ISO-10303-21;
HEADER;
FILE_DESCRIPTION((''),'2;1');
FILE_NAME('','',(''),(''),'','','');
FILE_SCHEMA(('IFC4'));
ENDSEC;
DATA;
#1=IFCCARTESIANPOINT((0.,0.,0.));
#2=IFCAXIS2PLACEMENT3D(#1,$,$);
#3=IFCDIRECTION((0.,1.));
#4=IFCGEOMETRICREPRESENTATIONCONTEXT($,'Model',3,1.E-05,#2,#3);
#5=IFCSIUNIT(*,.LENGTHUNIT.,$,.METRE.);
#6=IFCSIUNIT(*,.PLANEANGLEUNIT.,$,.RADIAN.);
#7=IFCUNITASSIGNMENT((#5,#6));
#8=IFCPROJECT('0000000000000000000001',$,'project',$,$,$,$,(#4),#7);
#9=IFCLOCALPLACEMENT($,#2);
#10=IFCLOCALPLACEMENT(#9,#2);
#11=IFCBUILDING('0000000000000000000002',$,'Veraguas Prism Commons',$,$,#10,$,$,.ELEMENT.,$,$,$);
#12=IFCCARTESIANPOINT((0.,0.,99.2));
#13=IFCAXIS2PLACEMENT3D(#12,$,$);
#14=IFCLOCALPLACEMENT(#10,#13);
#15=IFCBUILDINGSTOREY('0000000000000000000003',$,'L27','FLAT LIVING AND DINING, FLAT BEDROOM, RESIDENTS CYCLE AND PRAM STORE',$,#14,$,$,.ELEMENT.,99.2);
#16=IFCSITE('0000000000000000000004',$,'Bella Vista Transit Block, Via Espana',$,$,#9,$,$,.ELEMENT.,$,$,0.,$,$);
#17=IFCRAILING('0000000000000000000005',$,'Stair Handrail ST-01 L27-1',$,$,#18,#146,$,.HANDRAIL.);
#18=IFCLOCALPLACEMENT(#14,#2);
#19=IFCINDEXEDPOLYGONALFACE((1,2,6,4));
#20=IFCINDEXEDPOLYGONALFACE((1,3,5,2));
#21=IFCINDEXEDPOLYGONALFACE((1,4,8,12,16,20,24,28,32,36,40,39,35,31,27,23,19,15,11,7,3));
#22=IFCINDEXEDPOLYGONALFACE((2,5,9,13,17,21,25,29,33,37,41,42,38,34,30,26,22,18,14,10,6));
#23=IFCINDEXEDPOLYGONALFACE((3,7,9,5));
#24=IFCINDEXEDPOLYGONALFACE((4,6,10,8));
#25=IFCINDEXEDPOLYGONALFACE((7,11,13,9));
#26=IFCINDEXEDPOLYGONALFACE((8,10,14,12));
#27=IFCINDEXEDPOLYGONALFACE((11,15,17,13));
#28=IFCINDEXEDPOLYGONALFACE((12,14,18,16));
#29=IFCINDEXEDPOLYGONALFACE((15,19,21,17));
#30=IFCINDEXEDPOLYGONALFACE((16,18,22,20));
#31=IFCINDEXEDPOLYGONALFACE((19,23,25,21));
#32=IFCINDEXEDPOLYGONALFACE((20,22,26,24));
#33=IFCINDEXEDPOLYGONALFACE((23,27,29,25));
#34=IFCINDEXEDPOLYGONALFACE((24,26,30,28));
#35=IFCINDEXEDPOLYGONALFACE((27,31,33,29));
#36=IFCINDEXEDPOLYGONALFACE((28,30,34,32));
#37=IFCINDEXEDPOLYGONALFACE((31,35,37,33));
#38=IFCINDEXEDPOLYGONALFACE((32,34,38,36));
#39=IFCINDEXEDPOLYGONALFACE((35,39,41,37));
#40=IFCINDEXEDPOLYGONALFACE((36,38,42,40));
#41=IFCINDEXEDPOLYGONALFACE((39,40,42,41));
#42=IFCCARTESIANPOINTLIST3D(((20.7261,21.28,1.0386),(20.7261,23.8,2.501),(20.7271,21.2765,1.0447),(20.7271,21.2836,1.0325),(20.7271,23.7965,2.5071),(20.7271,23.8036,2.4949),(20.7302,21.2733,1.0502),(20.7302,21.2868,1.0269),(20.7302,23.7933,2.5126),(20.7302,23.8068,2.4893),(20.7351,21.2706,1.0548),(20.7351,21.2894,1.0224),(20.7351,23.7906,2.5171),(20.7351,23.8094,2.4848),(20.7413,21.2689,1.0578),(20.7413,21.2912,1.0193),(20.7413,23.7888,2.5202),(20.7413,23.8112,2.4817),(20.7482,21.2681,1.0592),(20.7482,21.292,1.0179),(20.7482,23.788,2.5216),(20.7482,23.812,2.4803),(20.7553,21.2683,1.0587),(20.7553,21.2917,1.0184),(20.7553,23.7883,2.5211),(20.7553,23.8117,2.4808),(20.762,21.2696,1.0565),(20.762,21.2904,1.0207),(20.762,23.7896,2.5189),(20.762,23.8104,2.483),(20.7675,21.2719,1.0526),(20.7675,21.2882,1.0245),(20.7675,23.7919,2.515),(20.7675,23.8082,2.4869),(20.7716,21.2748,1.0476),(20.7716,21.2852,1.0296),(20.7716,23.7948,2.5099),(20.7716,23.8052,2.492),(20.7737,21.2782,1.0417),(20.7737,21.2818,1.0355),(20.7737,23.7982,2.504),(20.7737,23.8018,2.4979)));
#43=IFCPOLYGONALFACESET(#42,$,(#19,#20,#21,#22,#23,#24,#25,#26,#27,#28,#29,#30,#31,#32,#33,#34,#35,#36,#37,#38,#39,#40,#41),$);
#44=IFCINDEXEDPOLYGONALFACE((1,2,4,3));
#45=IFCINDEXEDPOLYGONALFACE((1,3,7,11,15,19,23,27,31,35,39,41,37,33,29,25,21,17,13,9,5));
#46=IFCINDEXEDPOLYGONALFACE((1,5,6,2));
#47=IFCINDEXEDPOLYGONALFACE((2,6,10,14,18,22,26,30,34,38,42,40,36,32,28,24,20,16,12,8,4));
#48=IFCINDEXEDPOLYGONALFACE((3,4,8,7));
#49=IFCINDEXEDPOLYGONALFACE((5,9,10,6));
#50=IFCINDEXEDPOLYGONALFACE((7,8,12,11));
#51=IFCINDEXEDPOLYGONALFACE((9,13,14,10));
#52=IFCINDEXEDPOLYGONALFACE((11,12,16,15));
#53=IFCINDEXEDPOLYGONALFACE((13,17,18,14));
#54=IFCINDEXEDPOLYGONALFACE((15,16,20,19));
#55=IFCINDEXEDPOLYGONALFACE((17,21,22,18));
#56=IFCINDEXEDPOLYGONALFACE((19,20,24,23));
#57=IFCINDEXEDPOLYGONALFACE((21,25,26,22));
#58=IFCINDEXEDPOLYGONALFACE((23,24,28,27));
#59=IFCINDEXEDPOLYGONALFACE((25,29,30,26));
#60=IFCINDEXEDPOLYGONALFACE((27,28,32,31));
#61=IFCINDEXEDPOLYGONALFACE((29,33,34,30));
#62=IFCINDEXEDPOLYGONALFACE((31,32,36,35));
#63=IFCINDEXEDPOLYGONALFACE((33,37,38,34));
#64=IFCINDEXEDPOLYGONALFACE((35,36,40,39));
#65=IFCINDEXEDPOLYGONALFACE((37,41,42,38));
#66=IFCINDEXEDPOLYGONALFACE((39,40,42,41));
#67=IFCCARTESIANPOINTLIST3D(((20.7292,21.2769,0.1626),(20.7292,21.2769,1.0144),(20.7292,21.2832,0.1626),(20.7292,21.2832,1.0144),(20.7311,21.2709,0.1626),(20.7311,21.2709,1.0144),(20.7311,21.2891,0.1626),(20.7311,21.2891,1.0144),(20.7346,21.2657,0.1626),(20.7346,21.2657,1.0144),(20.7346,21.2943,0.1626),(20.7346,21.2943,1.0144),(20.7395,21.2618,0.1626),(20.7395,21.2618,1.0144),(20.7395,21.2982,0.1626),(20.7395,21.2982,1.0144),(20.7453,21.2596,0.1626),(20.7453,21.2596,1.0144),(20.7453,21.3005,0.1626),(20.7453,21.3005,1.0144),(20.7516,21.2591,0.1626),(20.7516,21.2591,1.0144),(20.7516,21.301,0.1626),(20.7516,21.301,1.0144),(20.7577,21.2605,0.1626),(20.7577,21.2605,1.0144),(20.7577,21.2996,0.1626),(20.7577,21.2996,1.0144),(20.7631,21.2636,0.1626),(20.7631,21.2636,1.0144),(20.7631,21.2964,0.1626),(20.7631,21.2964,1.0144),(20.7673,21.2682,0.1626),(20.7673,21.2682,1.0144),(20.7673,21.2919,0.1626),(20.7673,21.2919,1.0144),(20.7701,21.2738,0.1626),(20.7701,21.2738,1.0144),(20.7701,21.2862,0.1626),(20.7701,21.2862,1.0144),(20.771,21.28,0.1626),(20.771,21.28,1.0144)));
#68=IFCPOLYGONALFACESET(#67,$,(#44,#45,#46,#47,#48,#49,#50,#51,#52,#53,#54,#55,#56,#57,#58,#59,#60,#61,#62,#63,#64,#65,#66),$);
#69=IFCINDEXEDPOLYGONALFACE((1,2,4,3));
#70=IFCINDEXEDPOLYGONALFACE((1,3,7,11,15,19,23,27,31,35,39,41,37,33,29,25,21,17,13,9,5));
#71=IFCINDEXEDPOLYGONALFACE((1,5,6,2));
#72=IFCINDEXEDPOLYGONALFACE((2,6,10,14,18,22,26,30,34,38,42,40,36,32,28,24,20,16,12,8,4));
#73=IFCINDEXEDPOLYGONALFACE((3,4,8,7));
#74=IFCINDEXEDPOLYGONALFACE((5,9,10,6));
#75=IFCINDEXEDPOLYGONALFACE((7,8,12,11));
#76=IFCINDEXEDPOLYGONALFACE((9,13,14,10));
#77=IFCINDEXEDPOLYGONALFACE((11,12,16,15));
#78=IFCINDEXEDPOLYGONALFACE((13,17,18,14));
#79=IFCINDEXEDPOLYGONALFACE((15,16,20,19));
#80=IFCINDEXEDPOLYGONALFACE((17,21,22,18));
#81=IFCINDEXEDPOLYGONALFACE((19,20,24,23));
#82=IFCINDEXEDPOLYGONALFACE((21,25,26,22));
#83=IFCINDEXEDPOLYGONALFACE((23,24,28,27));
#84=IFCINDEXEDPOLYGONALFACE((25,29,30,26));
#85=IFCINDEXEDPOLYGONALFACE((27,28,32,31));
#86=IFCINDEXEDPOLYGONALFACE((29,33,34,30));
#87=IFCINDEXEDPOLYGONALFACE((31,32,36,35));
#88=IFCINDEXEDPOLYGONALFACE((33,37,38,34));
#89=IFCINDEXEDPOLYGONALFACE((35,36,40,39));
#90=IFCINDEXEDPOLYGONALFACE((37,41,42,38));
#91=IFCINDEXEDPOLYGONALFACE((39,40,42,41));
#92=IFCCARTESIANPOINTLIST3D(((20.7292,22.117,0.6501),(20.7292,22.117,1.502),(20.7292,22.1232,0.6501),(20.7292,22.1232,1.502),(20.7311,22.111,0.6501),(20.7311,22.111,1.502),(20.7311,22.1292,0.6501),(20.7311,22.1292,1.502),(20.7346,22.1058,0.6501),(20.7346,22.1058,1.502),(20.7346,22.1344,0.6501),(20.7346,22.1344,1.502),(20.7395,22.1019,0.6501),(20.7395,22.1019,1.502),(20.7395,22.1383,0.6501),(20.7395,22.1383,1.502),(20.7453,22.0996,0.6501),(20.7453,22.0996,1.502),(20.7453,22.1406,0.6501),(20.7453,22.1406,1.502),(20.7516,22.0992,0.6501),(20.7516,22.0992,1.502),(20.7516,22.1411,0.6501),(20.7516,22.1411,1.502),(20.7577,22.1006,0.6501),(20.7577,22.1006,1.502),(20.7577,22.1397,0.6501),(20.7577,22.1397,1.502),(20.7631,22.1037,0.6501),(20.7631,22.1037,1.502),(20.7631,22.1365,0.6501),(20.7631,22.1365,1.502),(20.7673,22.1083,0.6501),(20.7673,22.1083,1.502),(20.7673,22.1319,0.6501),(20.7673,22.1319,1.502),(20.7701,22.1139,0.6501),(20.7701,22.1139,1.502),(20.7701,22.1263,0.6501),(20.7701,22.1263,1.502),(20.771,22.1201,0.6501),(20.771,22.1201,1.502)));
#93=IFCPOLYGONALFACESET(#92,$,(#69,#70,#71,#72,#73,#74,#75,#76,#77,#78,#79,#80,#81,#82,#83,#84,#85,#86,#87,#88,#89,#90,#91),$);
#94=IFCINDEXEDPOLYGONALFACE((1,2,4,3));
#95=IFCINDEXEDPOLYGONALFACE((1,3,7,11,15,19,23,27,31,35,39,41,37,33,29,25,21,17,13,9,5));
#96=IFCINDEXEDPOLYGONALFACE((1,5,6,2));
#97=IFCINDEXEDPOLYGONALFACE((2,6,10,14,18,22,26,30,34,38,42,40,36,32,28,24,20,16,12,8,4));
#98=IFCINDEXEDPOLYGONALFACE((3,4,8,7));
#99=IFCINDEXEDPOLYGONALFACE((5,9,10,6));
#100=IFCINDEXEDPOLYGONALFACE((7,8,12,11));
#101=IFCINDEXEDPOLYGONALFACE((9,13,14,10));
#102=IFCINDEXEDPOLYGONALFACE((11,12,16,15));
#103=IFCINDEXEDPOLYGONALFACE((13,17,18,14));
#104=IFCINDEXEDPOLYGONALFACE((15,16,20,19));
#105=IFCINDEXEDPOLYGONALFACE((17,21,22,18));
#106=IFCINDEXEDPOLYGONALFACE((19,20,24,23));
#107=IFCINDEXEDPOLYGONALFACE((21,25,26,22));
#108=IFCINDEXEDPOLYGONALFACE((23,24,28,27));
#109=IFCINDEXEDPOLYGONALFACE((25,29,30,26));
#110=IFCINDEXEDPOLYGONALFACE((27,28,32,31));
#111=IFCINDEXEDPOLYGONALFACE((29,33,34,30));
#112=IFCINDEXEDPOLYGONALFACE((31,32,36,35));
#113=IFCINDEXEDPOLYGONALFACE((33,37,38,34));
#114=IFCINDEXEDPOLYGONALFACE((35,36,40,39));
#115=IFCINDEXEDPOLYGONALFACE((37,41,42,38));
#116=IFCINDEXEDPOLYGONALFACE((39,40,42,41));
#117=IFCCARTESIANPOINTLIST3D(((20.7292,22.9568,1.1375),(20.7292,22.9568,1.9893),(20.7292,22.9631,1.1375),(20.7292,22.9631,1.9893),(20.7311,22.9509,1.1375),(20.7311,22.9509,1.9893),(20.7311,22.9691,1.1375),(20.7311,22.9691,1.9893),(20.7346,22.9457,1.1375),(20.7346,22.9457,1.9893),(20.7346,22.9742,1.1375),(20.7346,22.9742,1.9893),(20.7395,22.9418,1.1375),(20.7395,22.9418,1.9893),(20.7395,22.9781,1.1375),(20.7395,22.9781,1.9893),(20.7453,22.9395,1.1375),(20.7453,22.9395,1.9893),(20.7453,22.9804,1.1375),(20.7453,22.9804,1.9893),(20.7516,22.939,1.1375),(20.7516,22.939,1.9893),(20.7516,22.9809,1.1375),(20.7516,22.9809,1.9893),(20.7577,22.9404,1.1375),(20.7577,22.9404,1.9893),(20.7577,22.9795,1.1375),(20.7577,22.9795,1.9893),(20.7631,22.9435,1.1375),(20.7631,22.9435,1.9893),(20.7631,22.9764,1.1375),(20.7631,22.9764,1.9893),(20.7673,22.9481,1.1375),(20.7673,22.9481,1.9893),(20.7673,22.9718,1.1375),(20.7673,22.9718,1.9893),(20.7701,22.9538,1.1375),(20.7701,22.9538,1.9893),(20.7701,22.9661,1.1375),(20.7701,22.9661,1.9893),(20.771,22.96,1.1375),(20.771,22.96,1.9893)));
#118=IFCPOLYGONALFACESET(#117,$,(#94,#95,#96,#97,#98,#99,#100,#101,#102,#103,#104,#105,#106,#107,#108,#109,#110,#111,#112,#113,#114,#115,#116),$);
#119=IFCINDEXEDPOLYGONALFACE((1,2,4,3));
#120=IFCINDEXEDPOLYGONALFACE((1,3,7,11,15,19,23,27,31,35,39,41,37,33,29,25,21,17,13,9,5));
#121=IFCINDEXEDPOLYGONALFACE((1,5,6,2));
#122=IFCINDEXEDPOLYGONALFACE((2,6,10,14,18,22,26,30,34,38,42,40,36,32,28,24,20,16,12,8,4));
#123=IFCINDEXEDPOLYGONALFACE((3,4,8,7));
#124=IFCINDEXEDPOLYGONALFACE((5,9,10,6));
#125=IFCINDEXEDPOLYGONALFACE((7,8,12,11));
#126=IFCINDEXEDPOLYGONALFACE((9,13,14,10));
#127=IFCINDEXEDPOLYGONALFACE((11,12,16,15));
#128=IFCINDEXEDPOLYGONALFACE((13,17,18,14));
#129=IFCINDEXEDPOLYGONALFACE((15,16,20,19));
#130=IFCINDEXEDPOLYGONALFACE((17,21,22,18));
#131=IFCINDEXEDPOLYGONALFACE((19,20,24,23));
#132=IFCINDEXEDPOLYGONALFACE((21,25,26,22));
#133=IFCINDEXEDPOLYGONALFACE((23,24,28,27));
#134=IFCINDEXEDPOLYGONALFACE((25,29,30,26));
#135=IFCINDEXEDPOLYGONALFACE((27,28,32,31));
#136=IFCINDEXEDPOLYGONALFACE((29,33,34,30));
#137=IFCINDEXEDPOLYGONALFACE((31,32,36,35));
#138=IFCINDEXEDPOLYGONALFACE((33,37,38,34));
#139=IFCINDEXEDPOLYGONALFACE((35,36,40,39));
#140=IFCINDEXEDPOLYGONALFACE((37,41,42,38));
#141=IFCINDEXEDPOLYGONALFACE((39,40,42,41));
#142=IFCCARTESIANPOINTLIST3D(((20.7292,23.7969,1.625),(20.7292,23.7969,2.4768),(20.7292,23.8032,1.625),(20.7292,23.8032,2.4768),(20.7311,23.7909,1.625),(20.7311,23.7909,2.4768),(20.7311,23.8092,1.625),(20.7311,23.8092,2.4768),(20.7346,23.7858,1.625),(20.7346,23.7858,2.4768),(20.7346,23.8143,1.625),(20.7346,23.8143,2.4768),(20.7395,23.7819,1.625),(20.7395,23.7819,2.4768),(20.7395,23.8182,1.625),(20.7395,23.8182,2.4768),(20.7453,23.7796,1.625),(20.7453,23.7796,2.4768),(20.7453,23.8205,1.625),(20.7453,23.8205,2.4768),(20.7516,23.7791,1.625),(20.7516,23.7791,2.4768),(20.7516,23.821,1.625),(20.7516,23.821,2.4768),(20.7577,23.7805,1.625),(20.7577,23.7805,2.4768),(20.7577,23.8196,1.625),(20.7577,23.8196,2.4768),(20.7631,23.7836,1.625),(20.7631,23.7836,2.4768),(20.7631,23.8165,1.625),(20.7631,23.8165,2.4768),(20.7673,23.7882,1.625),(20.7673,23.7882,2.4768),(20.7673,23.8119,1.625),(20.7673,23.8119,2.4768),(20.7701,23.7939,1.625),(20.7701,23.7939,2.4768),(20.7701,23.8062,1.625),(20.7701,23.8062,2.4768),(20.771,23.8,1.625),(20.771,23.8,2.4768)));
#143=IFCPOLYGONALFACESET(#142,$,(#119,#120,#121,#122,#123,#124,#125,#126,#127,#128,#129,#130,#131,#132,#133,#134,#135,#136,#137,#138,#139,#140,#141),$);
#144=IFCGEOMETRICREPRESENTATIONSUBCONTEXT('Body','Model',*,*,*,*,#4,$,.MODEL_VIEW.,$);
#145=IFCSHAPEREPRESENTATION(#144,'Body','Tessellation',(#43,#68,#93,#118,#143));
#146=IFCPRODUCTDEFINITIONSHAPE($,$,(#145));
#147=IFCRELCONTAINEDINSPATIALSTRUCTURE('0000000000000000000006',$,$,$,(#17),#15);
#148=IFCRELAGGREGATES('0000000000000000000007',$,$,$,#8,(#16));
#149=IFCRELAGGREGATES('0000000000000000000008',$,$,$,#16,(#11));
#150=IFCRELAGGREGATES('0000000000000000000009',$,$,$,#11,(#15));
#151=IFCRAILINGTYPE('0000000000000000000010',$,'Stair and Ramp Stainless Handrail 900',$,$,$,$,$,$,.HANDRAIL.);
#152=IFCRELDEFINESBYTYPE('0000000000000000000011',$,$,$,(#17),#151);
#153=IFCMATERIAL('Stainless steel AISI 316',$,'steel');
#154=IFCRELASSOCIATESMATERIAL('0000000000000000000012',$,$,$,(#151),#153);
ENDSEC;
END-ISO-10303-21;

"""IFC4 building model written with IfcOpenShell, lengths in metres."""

from ifc_helpers import new_model, si_unit, direction, frame, origin, origin_2d, place, context, subcontext, project, spatial, circle, extrude, material, type_object, element, save


model = new_model("IFC4")

# Units and contexts
model_context = context("Model", 3, precision=1e-05, world=origin(), true_north=direction((0.0, 1.0)))
body_context = subcontext(model_context, "Body", "Model", "MODEL_VIEW")
ifc_project = project(units=[si_unit("LENGTHUNIT", "METRE"), si_unit("PLANEANGLEUNIT", "RADIAN")], contexts=[model_context])

# Site, building, storey
site_placement = place(None, origin())
site = spatial("IfcSite", under=ifc_project, at=site_placement, Name="Bella Vista Transit Block, Via Espana", CompositionType="ELEMENT", RefElevation=0.0)
building_placement = place(site_placement, origin())
building = spatial("IfcBuilding", under=site, at=building_placement, Name="Veraguas Prism Commons", CompositionType="ELEMENT")
storey_placement = place(building_placement, frame((0.0, 0.0, 99.2)))
storey = spatial("IfcBuildingStorey", under=building, at=storey_placement, Name="L27", Description="FLAT LIVING AND DINING, FLAT BEDROOM, RESIDENTS CYCLE AND PRAM STORE", CompositionType="ELEMENT", Elevation=99.2)

# Railing
ifc_material_1 = material(Name="Stainless steel AISI 316", Category="steel")
railing_type_1 = type_object("IfcRailingType", Name="Stair and Ramp Stainless Handrail 900", PredefinedType="HANDRAIL", material=ifc_material_1)
railing_1_placement = place(storey_placement, frame((20.75, 21.28, 0.1626)))
element("IfcRailing", 1, at=railing_1_placement, inside=storey, type_object=railing_type_1, Name="Stair Handrail ST-01 L27-1", PredefinedType="HANDRAIL", context=body_context, shape_type="SweptSolid", body=[
    extrude(circle(Radius=0.0239, at=origin_2d()), frame((0.0, 0.0, 0.876), z_axis=(0.0, 0.864913, 0.501921), x_axis=(-1.0, 0.0, 0.0)), (0.0, 0.0, 1.0), 2.9136),
    extrude(circle(Radius=0.021, at=origin_2d()), origin(), (0.0, 0.0, 1.0), 0.8518),
    extrude(circle(Radius=0.021, at=origin_2d()), frame((0.0, 0.8401, 0.4875)), (0.0, 0.0, 1.0), 0.8518),
    extrude(circle(Radius=0.021, at=origin_2d()), frame((0.0, 1.6799, 0.9749)), (0.0, 0.0, 1.0), 0.8518),
    extrude(circle(Radius=0.021, at=origin_2d()), frame((0.0, 2.52, 1.4624)), (0.0, 0.0, 1.0), 0.8518),
])

save(model, "model.ifc")
